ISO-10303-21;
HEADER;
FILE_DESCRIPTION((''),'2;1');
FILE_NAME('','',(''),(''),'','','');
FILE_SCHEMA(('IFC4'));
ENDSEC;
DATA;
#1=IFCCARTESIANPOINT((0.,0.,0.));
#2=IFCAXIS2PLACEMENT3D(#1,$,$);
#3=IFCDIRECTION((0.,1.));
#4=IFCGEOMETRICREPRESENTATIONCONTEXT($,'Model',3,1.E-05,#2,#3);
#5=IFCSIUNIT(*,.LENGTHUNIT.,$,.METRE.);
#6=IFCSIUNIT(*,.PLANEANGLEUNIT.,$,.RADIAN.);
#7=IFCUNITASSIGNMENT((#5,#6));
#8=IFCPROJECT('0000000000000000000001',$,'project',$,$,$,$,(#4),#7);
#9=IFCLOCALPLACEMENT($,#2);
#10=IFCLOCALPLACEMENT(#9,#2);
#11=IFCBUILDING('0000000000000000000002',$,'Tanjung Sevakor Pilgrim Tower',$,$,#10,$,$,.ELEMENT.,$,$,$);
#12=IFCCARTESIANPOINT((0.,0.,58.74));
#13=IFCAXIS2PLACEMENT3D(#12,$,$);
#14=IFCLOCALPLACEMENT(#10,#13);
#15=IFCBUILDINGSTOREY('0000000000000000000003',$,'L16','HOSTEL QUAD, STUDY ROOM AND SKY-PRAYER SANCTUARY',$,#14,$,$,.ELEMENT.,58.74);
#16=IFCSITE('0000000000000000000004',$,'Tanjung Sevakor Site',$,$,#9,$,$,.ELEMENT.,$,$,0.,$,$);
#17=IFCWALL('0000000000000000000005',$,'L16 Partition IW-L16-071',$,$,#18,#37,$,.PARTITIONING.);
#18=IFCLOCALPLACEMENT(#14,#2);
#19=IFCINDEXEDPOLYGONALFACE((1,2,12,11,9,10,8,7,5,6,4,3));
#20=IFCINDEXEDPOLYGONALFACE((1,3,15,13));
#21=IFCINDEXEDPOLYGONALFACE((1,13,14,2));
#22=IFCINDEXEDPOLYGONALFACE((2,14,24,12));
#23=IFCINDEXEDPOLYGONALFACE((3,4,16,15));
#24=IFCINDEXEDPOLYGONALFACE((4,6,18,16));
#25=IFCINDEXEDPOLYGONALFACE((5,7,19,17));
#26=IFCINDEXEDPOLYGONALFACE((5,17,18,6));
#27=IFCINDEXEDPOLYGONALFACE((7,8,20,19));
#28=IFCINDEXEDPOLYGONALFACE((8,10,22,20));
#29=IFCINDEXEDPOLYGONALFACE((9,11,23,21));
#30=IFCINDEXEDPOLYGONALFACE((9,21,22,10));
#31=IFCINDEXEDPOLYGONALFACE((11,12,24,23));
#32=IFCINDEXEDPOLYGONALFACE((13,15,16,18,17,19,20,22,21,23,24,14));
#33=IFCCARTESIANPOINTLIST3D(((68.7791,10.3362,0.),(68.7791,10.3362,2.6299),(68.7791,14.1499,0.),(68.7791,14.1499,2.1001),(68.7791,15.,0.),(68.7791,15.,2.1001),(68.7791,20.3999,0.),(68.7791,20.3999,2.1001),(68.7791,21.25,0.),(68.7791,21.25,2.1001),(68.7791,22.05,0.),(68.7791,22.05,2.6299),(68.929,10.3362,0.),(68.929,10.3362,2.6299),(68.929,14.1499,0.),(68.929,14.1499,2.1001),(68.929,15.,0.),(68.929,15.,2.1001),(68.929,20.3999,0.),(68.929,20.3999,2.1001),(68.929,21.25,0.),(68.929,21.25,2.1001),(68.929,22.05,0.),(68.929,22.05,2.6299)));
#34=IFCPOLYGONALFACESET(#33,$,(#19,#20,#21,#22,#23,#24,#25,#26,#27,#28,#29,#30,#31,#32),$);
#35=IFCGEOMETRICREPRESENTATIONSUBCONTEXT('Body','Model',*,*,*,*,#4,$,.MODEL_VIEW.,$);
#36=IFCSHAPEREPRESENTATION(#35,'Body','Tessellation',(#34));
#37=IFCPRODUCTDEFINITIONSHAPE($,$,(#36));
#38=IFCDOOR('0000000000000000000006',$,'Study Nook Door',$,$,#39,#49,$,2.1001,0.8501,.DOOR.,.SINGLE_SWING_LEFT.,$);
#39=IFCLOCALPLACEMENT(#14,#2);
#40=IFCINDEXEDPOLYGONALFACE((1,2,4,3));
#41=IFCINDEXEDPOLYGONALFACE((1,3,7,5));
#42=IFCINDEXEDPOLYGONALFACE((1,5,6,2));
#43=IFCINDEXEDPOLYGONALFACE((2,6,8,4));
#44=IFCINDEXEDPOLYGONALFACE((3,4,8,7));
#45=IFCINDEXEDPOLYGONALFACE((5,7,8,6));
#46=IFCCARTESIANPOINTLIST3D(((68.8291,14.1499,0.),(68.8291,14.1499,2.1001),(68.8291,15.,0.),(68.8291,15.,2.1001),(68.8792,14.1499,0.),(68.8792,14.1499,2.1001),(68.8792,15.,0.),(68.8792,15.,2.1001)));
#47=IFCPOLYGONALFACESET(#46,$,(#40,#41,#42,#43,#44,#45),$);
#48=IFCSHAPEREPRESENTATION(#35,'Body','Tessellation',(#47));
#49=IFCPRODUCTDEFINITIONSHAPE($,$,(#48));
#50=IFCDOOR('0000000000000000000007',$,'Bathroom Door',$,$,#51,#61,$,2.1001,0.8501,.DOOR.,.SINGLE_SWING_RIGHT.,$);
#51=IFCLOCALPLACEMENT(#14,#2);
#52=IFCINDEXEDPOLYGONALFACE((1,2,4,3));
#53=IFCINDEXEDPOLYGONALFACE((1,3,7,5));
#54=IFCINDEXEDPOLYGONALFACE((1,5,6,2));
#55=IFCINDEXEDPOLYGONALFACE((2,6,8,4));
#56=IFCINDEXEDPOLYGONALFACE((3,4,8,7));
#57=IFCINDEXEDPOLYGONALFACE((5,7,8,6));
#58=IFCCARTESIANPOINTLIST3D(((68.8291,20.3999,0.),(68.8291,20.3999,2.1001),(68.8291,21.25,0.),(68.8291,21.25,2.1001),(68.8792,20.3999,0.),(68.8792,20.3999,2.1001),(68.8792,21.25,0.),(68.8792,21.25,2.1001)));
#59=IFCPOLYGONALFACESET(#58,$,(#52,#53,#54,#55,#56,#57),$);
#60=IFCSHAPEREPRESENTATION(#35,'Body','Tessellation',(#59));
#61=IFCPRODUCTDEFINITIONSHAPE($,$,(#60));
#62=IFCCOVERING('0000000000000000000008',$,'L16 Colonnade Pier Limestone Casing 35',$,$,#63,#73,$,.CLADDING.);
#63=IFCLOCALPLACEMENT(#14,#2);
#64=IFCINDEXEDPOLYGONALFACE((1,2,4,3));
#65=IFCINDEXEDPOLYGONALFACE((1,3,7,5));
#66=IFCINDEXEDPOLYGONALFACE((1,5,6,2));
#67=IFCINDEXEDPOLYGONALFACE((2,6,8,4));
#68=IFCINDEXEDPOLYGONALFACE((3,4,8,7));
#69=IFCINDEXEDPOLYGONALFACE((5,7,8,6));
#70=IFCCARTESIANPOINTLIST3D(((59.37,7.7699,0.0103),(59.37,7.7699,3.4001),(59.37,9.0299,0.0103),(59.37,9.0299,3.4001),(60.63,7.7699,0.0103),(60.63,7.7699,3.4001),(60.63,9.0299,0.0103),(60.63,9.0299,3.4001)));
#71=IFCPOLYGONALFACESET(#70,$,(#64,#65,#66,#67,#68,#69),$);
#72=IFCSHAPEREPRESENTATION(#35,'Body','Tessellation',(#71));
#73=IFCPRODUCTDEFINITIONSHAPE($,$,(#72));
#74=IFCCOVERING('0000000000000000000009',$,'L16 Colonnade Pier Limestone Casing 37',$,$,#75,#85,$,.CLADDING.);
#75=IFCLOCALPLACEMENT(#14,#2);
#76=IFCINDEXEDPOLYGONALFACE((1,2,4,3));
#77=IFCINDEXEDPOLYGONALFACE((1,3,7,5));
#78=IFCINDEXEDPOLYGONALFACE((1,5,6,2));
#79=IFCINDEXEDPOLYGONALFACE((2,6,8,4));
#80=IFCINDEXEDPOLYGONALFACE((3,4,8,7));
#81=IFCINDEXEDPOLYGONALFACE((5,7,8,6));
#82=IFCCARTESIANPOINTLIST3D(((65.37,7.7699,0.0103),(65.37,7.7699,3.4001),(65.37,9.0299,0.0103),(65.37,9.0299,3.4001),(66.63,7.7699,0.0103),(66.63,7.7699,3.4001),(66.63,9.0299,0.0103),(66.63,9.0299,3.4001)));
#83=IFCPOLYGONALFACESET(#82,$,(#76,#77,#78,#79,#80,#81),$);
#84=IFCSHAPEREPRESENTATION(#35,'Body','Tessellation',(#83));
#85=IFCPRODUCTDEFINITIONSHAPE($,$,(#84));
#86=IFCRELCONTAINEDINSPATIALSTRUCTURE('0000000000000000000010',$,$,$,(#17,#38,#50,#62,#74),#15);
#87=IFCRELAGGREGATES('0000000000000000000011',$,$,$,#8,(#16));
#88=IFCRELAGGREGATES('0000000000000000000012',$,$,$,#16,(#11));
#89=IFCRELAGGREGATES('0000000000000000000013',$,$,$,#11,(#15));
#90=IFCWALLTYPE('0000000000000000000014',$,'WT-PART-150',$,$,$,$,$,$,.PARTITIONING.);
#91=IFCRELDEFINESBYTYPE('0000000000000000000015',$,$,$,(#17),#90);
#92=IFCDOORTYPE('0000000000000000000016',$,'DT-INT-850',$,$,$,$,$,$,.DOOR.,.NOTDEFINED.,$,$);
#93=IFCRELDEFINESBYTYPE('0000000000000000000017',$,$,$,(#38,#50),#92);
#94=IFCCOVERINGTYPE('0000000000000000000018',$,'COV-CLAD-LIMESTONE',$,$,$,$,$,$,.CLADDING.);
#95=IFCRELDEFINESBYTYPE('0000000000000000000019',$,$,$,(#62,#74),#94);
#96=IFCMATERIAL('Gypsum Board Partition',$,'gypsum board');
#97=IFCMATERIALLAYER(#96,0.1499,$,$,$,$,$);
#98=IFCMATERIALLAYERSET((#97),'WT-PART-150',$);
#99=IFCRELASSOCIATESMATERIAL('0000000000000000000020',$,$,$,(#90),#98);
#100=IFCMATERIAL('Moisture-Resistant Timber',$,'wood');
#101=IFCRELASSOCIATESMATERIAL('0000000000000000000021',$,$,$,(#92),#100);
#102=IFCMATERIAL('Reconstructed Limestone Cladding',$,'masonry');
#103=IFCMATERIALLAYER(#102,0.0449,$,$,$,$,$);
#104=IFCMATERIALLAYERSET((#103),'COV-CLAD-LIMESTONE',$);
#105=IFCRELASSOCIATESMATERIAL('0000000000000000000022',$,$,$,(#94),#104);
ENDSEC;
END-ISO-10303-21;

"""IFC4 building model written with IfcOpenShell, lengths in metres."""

from ifc_helpers import new_model, si_unit, direction, frame, frame_2d, origin, origin_2d, place, context, subcontext, project, spatial, rectangle, extrude, material, layer, layer_set, type_object, element, fill, save


model = new_model("IFC4")

# Units and contexts
model_context = context("Model", 3, precision=1e-05, world=origin(), true_north=direction((0.0, 1.0)))
body_context = subcontext(model_context, "Body", "Model", "MODEL_VIEW")
ifc_project = project(units=[si_unit("LENGTHUNIT", "METRE"), si_unit("PLANEANGLEUNIT", "RADIAN")], contexts=[model_context])

# Site, building, storey
site_placement = place(None, origin())
site = spatial("IfcSite", under=ifc_project, at=site_placement, Name="Tanjung Sevakor Site", CompositionType="ELEMENT", RefElevation=0.0)
building_placement = place(site_placement, origin())
building = spatial("IfcBuilding", under=site, at=building_placement, Name="Tanjung Sevakor Pilgrim Tower", CompositionType="ELEMENT")
storey_placement = place(building_placement, frame((0.0, 0.0, 58.74)))
storey = spatial("IfcBuildingStorey", under=building, at=storey_placement, Name="L16", Description="HOSTEL QUAD, STUDY ROOM AND SKY-PRAYER SANCTUARY", CompositionType="ELEMENT", Elevation=58.74)

# Wall, openings, doors
ifc_material_1 = material(Name="Gypsum Board Partition", Category="gypsum board")
ifc_layer_1 = layer(ifc_material_1, 0.1499)
ifc_layer_set_1 = layer_set([ifc_layer_1], Name="WT-PART-150")
wall_type_1 = type_object("IfcWallType", Name="WT-PART-150", PredefinedType="PARTITIONING", material=ifc_layer_set_1)
wall_1_placement = place(storey_placement, frame((68.854, 10.3362, 0.0), z_axis=(0.0, 0.0, 1.0), x_axis=(0.0, 1.0, 0.0)))
wall_1 = element("IfcWall", 1, at=wall_1_placement, inside=storey, type_object=wall_type_1, Name="L16 Partition IW-L16-071", PredefinedType="PARTITIONING", context=body_context, shape_type="SweptSolid", body=[
    extrude(rectangle(XDim=11.7139, YDim=0.1499, at=frame_2d((5.8569, 0.0))), origin(), (0.0, 0.0, 1.0), 2.6299),
])
opening_1_placement = place(wall_1_placement, frame((3.8137, 0.0, 0.0)))
opening_1 = element("IfcOpeningElement", 2, at=opening_1_placement, cuts=wall_1, PredefinedType="OPENING", context=body_context, shape_type="SweptSolid", body=[
    extrude(rectangle(XDim=0.8501, YDim=2.1001, at=frame_2d((0.425, 1.05))), frame((0.0, 0.085, 0.0), z_axis=(0.0, -1.0, 0.0), x_axis=(1.0, 0.0, 0.0)), (0.0, 0.0, 1.0), 0.1699),
])
opening_2_placement = place(wall_1_placement, frame((10.0637, 0.0, 0.0)))
opening_2 = element("IfcOpeningElement", 3, at=opening_2_placement, cuts=wall_1, PredefinedType="OPENING", context=body_context, shape_type="SweptSolid", body=[
    extrude(rectangle(XDim=0.8501, YDim=2.1001, at=frame_2d((0.425, 1.05))), frame((0.0, 0.085, 0.0), z_axis=(0.0, -1.0, 0.0), x_axis=(1.0, 0.0, 0.0)), (0.0, 0.0, 1.0), 0.1699),
])
ifc_material_2 = material(Name="Moisture-Resistant Timber", Category="wood")
door_type = type_object("IfcDoorType", Name="DT-INT-850", OperationType="NOTDEFINED", PredefinedType="DOOR", material=ifc_material_2)
door_1_placement = place(opening_1_placement, origin())
door_1 = element("IfcDoor", 4, at=door_1_placement, inside=storey, type_object=door_type, Name="Study Nook Door", OperationType="SINGLE_SWING_LEFT", OverallHeight=2.1001, OverallWidth=0.8501, PredefinedType="DOOR", context=body_context, shape_type="SweptSolid", body=[
    extrude(rectangle(XDim=0.8501, YDim=2.1001, at=frame_2d((0.425, 1.05))), frame((0.0, 0.0249, 0.0), z_axis=(0.0, -1.0, 0.0), x_axis=(1.0, 0.0, 0.0)), (0.0, 0.0, 1.0), 0.05),
])
fill(opening_1, door_1)
door_2_placement = place(opening_2_placement, origin())
door_2 = element("IfcDoor", 5, at=door_2_placement, inside=storey, type_object=door_type, Name="Bathroom Door", OperationType="SINGLE_SWING_RIGHT", OverallHeight=2.1001, OverallWidth=0.8501, PredefinedType="DOOR", context=body_context, shape_type="SweptSolid", body=[
    extrude(rectangle(XDim=0.8501, YDim=2.1001, at=frame_2d((0.425, 1.05))), frame((0.0, 0.0249, 0.0), z_axis=(0.0, -1.0, 0.0), x_axis=(1.0, 0.0, 0.0)), (0.0, 0.0, 1.0), 0.05),
])
fill(opening_2, door_2)

# Coverings
ifc_material_3 = material(Name="Reconstructed Limestone Cladding", Category="masonry")
ifc_layer_2 = layer(ifc_material_3, 0.0449)
ifc_layer_set_2 = layer_set([ifc_layer_2], Name="COV-CLAD-LIMESTONE")
covering_type = type_object("IfcCoveringType", Name="COV-CLAD-LIMESTONE", PredefinedType="CLADDING", material=ifc_layer_set_2)
for number, where, z_axis, x_axis, name in (
    (6, (60.0, 8.3999, 0.0103), (0.0, 0.0, 1.0), (1.0, 0.0, 0.0), "L16 Colonnade Pier Limestone Casing 35"),
    (7, (66.0, 8.3999, 0.0103), (0.0, 0.0, 1.0), (1.0, 0.0, 0.0), "L16 Colonnade Pier Limestone Casing 37"),
):
    element("IfcCovering", number, at=place(storey_placement, frame(where, z_axis=z_axis, x_axis=x_axis)), inside=storey, type_object=covering_type, Name=name, PredefinedType="CLADDING", context=body_context, shape_type="SweptSolid", body=[
        extrude(rectangle(XDim=1.26, YDim=1.26, at=origin_2d()), origin(), (0.0, 0.0, 1.0), 3.3899),
    ])

save(model, "model.ifc")
